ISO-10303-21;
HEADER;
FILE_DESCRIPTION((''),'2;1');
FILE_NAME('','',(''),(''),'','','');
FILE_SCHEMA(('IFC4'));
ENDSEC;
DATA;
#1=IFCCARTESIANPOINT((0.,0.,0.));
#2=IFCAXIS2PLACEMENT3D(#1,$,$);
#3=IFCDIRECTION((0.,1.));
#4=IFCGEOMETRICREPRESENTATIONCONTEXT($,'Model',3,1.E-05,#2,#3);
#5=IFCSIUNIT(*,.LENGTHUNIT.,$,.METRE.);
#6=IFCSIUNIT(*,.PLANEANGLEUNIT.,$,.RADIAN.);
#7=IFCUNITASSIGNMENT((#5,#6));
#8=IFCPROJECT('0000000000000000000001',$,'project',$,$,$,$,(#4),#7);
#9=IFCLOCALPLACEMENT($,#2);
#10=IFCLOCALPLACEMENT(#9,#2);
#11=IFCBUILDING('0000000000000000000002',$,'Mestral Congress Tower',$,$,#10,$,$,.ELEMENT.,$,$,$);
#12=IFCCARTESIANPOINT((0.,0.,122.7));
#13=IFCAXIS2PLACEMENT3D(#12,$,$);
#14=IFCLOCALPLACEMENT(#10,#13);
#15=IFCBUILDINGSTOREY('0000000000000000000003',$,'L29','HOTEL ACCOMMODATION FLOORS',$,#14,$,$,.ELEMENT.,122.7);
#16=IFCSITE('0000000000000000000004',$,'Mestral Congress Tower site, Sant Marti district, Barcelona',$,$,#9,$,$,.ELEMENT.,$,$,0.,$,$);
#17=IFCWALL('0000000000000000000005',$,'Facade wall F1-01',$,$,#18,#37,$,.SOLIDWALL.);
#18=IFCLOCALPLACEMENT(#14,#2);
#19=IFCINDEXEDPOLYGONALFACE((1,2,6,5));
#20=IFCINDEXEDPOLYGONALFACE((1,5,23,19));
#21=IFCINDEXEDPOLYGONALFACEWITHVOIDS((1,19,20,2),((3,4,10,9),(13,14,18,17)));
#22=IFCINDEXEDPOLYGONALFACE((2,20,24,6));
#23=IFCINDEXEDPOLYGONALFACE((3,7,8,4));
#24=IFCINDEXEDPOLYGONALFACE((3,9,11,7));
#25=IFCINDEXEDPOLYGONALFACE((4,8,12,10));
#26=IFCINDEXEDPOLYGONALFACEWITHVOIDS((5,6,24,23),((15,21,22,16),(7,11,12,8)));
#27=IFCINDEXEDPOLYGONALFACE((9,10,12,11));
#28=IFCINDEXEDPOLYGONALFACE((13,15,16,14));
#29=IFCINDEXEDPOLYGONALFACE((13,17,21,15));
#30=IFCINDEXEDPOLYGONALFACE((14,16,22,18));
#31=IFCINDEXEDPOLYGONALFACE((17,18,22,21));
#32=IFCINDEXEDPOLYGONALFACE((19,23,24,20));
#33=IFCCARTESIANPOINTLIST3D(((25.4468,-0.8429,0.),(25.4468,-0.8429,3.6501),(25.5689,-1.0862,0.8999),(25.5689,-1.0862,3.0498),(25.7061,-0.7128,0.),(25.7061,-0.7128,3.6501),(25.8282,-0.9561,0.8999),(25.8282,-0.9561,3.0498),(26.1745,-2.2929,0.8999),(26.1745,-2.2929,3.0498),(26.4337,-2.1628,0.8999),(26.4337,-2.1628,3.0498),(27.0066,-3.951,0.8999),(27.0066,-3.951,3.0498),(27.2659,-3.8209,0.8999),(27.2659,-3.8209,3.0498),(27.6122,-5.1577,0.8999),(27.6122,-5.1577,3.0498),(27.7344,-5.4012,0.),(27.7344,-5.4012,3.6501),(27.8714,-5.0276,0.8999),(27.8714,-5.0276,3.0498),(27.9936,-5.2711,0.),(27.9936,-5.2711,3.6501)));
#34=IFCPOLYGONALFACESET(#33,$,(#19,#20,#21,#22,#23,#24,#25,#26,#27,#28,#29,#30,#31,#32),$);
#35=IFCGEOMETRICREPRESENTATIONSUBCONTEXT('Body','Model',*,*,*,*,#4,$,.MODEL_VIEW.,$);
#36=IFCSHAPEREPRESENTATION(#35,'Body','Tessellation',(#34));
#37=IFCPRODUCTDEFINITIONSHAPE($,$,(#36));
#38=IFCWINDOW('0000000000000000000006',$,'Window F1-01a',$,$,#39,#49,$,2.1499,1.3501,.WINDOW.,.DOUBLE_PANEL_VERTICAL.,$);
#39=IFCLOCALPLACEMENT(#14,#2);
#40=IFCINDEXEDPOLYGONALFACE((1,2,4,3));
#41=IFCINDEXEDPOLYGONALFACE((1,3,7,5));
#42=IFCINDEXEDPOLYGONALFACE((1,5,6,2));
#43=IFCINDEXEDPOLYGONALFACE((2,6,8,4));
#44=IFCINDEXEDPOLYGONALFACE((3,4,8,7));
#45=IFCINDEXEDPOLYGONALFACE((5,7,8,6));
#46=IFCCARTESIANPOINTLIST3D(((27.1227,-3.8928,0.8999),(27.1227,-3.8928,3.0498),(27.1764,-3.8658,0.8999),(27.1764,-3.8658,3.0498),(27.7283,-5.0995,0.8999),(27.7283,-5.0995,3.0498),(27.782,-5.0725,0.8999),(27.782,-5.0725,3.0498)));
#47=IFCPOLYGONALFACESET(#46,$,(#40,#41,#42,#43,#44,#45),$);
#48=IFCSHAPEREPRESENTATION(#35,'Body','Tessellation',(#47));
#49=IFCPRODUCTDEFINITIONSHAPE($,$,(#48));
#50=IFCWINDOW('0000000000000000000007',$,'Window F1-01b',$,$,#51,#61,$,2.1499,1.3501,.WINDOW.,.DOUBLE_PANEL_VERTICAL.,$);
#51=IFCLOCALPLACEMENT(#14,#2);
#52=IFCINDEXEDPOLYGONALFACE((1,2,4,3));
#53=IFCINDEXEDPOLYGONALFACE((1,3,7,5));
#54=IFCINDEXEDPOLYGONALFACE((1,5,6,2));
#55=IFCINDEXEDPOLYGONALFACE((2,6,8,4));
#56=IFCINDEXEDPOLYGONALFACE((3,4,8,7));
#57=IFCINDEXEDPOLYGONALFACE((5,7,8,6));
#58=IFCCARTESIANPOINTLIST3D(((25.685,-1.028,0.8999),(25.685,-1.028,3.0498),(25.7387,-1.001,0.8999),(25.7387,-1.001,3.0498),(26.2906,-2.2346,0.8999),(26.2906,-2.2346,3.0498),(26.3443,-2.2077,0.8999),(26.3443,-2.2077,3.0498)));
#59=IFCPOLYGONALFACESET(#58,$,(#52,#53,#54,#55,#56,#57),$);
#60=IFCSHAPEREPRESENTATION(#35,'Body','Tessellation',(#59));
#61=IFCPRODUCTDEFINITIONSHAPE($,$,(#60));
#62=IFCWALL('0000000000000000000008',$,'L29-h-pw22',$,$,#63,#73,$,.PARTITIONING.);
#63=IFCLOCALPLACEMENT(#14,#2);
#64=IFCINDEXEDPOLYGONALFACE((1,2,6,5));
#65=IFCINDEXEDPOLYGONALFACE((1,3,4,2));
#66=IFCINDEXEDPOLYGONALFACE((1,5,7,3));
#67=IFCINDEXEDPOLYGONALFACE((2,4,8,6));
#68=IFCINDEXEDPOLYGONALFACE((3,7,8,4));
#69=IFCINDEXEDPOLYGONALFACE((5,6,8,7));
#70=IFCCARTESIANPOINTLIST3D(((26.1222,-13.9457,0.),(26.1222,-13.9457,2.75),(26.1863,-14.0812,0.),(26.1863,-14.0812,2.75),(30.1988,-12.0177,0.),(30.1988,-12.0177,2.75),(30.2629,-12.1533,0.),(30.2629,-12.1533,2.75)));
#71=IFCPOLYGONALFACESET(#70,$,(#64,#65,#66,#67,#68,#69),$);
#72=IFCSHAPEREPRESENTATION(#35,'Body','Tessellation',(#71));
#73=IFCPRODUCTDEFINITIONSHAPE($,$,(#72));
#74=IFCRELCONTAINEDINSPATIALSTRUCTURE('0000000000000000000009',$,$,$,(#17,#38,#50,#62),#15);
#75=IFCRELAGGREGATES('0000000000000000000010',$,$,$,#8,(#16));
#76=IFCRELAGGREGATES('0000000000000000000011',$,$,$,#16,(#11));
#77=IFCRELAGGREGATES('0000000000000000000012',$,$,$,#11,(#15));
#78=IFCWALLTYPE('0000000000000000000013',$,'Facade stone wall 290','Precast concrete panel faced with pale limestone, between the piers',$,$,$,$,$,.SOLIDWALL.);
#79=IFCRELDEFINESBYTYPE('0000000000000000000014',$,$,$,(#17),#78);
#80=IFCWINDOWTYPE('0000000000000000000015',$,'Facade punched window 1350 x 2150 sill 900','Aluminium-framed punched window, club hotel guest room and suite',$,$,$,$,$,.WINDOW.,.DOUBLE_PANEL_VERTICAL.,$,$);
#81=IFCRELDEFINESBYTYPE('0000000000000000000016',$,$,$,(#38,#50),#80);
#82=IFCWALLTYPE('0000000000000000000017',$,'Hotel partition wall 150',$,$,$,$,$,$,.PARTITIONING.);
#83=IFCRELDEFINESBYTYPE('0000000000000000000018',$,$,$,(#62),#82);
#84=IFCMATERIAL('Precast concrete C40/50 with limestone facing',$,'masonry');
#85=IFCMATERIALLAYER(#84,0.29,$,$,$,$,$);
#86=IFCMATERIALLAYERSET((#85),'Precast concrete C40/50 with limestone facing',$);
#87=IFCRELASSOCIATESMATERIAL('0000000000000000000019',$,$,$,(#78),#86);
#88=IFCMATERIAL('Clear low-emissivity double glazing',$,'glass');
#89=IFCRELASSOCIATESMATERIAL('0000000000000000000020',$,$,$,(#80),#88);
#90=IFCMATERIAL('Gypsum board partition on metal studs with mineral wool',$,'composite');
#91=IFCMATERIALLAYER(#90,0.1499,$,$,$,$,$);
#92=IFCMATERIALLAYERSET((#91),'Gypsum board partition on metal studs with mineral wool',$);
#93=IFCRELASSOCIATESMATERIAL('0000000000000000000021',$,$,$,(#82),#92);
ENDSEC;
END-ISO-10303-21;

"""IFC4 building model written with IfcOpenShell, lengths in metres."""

from ifc_helpers import new_model, si_unit, direction, frame, frame_2d, origin, place, context, subcontext, project, spatial, rectangle, extrude, material, layer, layer_set, type_object, element, fill, save


model = new_model("IFC4")

# Units and contexts
model_context = context("Model", 3, precision=1e-05, world=origin(), true_north=direction((0.0, 1.0)))
body_context = subcontext(model_context, "Body", "Model", "MODEL_VIEW")
ifc_project = project(units=[si_unit("LENGTHUNIT", "METRE"), si_unit("PLANEANGLEUNIT", "RADIAN")], contexts=[model_context])

# Site, building, storey
site_placement = place(None, origin())
site = spatial("IfcSite", under=ifc_project, at=site_placement, Name="Mestral Congress Tower site, Sant Marti district, Barcelona", CompositionType="ELEMENT", RefElevation=0.0)
building_placement = place(site_placement, origin())
building = spatial("IfcBuilding", under=site, at=building_placement, Name="Mestral Congress Tower", CompositionType="ELEMENT")
storey_placement = place(building_placement, frame((0.0, 0.0, 122.7)))
storey = spatial("IfcBuildingStorey", under=building, at=storey_placement, Name="L29", Description="HOTEL ACCOMMODATION FLOORS", CompositionType="ELEMENT", Elevation=122.7)

# Shared definitions
ifc_material_1 = material(Name="Precast concrete C40/50 with limestone facing", Category="masonry")
ifc_layer_1 = layer(ifc_material_1, 0.29)
ifc_layer_set_1 = layer_set([ifc_layer_1], Name="Precast concrete C40/50 with limestone facing")
wall_type_1 = type_object("IfcWallType", Name="Facade stone wall 290", Description="Precast concrete panel faced with pale limestone, between the piers", PredefinedType="SOLIDWALL", material=ifc_layer_set_1)
ifc_material_2 = material(Name="Clear low-emissivity double glazing", Category="glass")

# Wall, openings, windows
window_type_1 = type_object("IfcWindowType", Name="Facade punched window 1350 x 2150 sill 900", Description="Aluminium-framed punched window, club hotel guest room and suite", PartitioningType="DOUBLE_PANEL_VERTICAL", PredefinedType="WINDOW", material=ifc_material_2)
wall_1_placement = place(storey_placement, frame((27.864, -5.3362, 0.0), z_axis=(0.0, 0.0, 1.0), x_axis=(-0.448534, 0.893766, 0.0)))
wall_1 = element("IfcWall", 1, at=wall_1_placement, inside=storey, type_object=wall_type_1, Name="Facade wall F1-01", PredefinedType="SOLIDWALL", context=body_context, shape_type="SweptSolid", body=[
    extrude(rectangle(XDim=5.1001, YDim=0.29, at=frame_2d((2.55, 0.0))), origin(), (0.0, 0.0, 1.0), 3.6501),
])
opening_1_placement = place(wall_1_placement, frame((0.2725, 0.0, 0.8999)))
opening_1 = element("IfcOpeningElement", 2, at=opening_1_placement, cuts=wall_1, PredefinedType="OPENING", context=body_context, shape_type="SweptSolid", body=[
    extrude(rectangle(XDim=1.3501, YDim=2.1499, at=frame_2d((0.675, 1.075))), frame((0.0, 0.155, 0.0), z_axis=(0.0, -1.0, 0.0), x_axis=(1.0, 0.0, 0.0)), (0.0, 0.0, 1.0), 0.3101),
])
opening_2_placement = place(wall_1_placement, frame((3.4778, 0.0, 0.8999)))
opening_2 = element("IfcOpeningElement", 3, at=opening_2_placement, cuts=wall_1, PredefinedType="OPENING", context=body_context, shape_type="SweptSolid", body=[
    extrude(rectangle(XDim=1.3501, YDim=2.1499, at=frame_2d((0.675, 1.075))), frame((0.0, 0.155, 0.0), z_axis=(0.0, -1.0, 0.0), x_axis=(1.0, 0.0, 0.0)), (0.0, 0.0, 1.0), 0.3101),
])
window_1_placement = place(opening_1_placement, origin())
window_1 = element("IfcWindow", 4, at=window_1_placement, inside=storey, type_object=window_type_1, Name="Window F1-01a", OverallHeight=2.1499, OverallWidth=1.3501, PartitioningType="DOUBLE_PANEL_VERTICAL", PredefinedType="WINDOW", context=body_context, shape_type="SweptSolid", body=[
    extrude(rectangle(XDim=1.3501, YDim=2.1499, at=frame_2d((0.675, 1.075))), frame((0.0, 0.0151, 0.0), z_axis=(0.0, -1.0, 0.0), x_axis=(1.0, 0.0, 0.0)), (0.0, 0.0, 1.0), 0.0601),
])
fill(opening_1, window_1)
window_2_placement = place(opening_2_placement, origin())
window_2 = element("IfcWindow", 5, at=window_2_placement, inside=storey, type_object=window_type_1, Name="Window F1-01b", OverallHeight=2.1499, OverallWidth=1.3501, PartitioningType="DOUBLE_PANEL_VERTICAL", PredefinedType="WINDOW", context=body_context, shape_type="SweptSolid", body=[
    extrude(rectangle(XDim=1.3501, YDim=2.1499, at=frame_2d((0.675, 1.075))), frame((0.0, 0.0151, 0.0), z_axis=(0.0, -1.0, 0.0), x_axis=(1.0, 0.0, 0.0)), (0.0, 0.0, 1.0), 0.0601),
])
fill(opening_2, window_2)

# Wall
ifc_material_3 = material(Name="Gypsum board partition on metal studs with mineral wool", Category="composite")
ifc_layer_2 = layer(ifc_material_3, 0.1499)
ifc_layer_set_2 = layer_set([ifc_layer_2], Name="Gypsum board partition on metal studs with mineral wool")
wall_type_2 = type_object("IfcWallType", Name="Hotel partition wall 150", PredefinedType="PARTITIONING", material=ifc_layer_set_2)
wall_2_placement = place(storey_placement, frame((30.231, -12.0854, 0.0), z_axis=(0.0, 0.0, 1.0), x_axis=(-0.904001, -0.42753, 0.0)))
element("IfcWall", 6, at=wall_2_placement, inside=storey, type_object=wall_type_2, Name="L29-h-pw22", PredefinedType="PARTITIONING", context=body_context, shape_type="SweptSolid", body=[
    extrude(rectangle(XDim=4.5095, YDim=0.1499, at=frame_2d((2.2549, 0.0))), origin(), (0.0, 0.0, 1.0), 2.75),
])

save(model, "model.ifc")
